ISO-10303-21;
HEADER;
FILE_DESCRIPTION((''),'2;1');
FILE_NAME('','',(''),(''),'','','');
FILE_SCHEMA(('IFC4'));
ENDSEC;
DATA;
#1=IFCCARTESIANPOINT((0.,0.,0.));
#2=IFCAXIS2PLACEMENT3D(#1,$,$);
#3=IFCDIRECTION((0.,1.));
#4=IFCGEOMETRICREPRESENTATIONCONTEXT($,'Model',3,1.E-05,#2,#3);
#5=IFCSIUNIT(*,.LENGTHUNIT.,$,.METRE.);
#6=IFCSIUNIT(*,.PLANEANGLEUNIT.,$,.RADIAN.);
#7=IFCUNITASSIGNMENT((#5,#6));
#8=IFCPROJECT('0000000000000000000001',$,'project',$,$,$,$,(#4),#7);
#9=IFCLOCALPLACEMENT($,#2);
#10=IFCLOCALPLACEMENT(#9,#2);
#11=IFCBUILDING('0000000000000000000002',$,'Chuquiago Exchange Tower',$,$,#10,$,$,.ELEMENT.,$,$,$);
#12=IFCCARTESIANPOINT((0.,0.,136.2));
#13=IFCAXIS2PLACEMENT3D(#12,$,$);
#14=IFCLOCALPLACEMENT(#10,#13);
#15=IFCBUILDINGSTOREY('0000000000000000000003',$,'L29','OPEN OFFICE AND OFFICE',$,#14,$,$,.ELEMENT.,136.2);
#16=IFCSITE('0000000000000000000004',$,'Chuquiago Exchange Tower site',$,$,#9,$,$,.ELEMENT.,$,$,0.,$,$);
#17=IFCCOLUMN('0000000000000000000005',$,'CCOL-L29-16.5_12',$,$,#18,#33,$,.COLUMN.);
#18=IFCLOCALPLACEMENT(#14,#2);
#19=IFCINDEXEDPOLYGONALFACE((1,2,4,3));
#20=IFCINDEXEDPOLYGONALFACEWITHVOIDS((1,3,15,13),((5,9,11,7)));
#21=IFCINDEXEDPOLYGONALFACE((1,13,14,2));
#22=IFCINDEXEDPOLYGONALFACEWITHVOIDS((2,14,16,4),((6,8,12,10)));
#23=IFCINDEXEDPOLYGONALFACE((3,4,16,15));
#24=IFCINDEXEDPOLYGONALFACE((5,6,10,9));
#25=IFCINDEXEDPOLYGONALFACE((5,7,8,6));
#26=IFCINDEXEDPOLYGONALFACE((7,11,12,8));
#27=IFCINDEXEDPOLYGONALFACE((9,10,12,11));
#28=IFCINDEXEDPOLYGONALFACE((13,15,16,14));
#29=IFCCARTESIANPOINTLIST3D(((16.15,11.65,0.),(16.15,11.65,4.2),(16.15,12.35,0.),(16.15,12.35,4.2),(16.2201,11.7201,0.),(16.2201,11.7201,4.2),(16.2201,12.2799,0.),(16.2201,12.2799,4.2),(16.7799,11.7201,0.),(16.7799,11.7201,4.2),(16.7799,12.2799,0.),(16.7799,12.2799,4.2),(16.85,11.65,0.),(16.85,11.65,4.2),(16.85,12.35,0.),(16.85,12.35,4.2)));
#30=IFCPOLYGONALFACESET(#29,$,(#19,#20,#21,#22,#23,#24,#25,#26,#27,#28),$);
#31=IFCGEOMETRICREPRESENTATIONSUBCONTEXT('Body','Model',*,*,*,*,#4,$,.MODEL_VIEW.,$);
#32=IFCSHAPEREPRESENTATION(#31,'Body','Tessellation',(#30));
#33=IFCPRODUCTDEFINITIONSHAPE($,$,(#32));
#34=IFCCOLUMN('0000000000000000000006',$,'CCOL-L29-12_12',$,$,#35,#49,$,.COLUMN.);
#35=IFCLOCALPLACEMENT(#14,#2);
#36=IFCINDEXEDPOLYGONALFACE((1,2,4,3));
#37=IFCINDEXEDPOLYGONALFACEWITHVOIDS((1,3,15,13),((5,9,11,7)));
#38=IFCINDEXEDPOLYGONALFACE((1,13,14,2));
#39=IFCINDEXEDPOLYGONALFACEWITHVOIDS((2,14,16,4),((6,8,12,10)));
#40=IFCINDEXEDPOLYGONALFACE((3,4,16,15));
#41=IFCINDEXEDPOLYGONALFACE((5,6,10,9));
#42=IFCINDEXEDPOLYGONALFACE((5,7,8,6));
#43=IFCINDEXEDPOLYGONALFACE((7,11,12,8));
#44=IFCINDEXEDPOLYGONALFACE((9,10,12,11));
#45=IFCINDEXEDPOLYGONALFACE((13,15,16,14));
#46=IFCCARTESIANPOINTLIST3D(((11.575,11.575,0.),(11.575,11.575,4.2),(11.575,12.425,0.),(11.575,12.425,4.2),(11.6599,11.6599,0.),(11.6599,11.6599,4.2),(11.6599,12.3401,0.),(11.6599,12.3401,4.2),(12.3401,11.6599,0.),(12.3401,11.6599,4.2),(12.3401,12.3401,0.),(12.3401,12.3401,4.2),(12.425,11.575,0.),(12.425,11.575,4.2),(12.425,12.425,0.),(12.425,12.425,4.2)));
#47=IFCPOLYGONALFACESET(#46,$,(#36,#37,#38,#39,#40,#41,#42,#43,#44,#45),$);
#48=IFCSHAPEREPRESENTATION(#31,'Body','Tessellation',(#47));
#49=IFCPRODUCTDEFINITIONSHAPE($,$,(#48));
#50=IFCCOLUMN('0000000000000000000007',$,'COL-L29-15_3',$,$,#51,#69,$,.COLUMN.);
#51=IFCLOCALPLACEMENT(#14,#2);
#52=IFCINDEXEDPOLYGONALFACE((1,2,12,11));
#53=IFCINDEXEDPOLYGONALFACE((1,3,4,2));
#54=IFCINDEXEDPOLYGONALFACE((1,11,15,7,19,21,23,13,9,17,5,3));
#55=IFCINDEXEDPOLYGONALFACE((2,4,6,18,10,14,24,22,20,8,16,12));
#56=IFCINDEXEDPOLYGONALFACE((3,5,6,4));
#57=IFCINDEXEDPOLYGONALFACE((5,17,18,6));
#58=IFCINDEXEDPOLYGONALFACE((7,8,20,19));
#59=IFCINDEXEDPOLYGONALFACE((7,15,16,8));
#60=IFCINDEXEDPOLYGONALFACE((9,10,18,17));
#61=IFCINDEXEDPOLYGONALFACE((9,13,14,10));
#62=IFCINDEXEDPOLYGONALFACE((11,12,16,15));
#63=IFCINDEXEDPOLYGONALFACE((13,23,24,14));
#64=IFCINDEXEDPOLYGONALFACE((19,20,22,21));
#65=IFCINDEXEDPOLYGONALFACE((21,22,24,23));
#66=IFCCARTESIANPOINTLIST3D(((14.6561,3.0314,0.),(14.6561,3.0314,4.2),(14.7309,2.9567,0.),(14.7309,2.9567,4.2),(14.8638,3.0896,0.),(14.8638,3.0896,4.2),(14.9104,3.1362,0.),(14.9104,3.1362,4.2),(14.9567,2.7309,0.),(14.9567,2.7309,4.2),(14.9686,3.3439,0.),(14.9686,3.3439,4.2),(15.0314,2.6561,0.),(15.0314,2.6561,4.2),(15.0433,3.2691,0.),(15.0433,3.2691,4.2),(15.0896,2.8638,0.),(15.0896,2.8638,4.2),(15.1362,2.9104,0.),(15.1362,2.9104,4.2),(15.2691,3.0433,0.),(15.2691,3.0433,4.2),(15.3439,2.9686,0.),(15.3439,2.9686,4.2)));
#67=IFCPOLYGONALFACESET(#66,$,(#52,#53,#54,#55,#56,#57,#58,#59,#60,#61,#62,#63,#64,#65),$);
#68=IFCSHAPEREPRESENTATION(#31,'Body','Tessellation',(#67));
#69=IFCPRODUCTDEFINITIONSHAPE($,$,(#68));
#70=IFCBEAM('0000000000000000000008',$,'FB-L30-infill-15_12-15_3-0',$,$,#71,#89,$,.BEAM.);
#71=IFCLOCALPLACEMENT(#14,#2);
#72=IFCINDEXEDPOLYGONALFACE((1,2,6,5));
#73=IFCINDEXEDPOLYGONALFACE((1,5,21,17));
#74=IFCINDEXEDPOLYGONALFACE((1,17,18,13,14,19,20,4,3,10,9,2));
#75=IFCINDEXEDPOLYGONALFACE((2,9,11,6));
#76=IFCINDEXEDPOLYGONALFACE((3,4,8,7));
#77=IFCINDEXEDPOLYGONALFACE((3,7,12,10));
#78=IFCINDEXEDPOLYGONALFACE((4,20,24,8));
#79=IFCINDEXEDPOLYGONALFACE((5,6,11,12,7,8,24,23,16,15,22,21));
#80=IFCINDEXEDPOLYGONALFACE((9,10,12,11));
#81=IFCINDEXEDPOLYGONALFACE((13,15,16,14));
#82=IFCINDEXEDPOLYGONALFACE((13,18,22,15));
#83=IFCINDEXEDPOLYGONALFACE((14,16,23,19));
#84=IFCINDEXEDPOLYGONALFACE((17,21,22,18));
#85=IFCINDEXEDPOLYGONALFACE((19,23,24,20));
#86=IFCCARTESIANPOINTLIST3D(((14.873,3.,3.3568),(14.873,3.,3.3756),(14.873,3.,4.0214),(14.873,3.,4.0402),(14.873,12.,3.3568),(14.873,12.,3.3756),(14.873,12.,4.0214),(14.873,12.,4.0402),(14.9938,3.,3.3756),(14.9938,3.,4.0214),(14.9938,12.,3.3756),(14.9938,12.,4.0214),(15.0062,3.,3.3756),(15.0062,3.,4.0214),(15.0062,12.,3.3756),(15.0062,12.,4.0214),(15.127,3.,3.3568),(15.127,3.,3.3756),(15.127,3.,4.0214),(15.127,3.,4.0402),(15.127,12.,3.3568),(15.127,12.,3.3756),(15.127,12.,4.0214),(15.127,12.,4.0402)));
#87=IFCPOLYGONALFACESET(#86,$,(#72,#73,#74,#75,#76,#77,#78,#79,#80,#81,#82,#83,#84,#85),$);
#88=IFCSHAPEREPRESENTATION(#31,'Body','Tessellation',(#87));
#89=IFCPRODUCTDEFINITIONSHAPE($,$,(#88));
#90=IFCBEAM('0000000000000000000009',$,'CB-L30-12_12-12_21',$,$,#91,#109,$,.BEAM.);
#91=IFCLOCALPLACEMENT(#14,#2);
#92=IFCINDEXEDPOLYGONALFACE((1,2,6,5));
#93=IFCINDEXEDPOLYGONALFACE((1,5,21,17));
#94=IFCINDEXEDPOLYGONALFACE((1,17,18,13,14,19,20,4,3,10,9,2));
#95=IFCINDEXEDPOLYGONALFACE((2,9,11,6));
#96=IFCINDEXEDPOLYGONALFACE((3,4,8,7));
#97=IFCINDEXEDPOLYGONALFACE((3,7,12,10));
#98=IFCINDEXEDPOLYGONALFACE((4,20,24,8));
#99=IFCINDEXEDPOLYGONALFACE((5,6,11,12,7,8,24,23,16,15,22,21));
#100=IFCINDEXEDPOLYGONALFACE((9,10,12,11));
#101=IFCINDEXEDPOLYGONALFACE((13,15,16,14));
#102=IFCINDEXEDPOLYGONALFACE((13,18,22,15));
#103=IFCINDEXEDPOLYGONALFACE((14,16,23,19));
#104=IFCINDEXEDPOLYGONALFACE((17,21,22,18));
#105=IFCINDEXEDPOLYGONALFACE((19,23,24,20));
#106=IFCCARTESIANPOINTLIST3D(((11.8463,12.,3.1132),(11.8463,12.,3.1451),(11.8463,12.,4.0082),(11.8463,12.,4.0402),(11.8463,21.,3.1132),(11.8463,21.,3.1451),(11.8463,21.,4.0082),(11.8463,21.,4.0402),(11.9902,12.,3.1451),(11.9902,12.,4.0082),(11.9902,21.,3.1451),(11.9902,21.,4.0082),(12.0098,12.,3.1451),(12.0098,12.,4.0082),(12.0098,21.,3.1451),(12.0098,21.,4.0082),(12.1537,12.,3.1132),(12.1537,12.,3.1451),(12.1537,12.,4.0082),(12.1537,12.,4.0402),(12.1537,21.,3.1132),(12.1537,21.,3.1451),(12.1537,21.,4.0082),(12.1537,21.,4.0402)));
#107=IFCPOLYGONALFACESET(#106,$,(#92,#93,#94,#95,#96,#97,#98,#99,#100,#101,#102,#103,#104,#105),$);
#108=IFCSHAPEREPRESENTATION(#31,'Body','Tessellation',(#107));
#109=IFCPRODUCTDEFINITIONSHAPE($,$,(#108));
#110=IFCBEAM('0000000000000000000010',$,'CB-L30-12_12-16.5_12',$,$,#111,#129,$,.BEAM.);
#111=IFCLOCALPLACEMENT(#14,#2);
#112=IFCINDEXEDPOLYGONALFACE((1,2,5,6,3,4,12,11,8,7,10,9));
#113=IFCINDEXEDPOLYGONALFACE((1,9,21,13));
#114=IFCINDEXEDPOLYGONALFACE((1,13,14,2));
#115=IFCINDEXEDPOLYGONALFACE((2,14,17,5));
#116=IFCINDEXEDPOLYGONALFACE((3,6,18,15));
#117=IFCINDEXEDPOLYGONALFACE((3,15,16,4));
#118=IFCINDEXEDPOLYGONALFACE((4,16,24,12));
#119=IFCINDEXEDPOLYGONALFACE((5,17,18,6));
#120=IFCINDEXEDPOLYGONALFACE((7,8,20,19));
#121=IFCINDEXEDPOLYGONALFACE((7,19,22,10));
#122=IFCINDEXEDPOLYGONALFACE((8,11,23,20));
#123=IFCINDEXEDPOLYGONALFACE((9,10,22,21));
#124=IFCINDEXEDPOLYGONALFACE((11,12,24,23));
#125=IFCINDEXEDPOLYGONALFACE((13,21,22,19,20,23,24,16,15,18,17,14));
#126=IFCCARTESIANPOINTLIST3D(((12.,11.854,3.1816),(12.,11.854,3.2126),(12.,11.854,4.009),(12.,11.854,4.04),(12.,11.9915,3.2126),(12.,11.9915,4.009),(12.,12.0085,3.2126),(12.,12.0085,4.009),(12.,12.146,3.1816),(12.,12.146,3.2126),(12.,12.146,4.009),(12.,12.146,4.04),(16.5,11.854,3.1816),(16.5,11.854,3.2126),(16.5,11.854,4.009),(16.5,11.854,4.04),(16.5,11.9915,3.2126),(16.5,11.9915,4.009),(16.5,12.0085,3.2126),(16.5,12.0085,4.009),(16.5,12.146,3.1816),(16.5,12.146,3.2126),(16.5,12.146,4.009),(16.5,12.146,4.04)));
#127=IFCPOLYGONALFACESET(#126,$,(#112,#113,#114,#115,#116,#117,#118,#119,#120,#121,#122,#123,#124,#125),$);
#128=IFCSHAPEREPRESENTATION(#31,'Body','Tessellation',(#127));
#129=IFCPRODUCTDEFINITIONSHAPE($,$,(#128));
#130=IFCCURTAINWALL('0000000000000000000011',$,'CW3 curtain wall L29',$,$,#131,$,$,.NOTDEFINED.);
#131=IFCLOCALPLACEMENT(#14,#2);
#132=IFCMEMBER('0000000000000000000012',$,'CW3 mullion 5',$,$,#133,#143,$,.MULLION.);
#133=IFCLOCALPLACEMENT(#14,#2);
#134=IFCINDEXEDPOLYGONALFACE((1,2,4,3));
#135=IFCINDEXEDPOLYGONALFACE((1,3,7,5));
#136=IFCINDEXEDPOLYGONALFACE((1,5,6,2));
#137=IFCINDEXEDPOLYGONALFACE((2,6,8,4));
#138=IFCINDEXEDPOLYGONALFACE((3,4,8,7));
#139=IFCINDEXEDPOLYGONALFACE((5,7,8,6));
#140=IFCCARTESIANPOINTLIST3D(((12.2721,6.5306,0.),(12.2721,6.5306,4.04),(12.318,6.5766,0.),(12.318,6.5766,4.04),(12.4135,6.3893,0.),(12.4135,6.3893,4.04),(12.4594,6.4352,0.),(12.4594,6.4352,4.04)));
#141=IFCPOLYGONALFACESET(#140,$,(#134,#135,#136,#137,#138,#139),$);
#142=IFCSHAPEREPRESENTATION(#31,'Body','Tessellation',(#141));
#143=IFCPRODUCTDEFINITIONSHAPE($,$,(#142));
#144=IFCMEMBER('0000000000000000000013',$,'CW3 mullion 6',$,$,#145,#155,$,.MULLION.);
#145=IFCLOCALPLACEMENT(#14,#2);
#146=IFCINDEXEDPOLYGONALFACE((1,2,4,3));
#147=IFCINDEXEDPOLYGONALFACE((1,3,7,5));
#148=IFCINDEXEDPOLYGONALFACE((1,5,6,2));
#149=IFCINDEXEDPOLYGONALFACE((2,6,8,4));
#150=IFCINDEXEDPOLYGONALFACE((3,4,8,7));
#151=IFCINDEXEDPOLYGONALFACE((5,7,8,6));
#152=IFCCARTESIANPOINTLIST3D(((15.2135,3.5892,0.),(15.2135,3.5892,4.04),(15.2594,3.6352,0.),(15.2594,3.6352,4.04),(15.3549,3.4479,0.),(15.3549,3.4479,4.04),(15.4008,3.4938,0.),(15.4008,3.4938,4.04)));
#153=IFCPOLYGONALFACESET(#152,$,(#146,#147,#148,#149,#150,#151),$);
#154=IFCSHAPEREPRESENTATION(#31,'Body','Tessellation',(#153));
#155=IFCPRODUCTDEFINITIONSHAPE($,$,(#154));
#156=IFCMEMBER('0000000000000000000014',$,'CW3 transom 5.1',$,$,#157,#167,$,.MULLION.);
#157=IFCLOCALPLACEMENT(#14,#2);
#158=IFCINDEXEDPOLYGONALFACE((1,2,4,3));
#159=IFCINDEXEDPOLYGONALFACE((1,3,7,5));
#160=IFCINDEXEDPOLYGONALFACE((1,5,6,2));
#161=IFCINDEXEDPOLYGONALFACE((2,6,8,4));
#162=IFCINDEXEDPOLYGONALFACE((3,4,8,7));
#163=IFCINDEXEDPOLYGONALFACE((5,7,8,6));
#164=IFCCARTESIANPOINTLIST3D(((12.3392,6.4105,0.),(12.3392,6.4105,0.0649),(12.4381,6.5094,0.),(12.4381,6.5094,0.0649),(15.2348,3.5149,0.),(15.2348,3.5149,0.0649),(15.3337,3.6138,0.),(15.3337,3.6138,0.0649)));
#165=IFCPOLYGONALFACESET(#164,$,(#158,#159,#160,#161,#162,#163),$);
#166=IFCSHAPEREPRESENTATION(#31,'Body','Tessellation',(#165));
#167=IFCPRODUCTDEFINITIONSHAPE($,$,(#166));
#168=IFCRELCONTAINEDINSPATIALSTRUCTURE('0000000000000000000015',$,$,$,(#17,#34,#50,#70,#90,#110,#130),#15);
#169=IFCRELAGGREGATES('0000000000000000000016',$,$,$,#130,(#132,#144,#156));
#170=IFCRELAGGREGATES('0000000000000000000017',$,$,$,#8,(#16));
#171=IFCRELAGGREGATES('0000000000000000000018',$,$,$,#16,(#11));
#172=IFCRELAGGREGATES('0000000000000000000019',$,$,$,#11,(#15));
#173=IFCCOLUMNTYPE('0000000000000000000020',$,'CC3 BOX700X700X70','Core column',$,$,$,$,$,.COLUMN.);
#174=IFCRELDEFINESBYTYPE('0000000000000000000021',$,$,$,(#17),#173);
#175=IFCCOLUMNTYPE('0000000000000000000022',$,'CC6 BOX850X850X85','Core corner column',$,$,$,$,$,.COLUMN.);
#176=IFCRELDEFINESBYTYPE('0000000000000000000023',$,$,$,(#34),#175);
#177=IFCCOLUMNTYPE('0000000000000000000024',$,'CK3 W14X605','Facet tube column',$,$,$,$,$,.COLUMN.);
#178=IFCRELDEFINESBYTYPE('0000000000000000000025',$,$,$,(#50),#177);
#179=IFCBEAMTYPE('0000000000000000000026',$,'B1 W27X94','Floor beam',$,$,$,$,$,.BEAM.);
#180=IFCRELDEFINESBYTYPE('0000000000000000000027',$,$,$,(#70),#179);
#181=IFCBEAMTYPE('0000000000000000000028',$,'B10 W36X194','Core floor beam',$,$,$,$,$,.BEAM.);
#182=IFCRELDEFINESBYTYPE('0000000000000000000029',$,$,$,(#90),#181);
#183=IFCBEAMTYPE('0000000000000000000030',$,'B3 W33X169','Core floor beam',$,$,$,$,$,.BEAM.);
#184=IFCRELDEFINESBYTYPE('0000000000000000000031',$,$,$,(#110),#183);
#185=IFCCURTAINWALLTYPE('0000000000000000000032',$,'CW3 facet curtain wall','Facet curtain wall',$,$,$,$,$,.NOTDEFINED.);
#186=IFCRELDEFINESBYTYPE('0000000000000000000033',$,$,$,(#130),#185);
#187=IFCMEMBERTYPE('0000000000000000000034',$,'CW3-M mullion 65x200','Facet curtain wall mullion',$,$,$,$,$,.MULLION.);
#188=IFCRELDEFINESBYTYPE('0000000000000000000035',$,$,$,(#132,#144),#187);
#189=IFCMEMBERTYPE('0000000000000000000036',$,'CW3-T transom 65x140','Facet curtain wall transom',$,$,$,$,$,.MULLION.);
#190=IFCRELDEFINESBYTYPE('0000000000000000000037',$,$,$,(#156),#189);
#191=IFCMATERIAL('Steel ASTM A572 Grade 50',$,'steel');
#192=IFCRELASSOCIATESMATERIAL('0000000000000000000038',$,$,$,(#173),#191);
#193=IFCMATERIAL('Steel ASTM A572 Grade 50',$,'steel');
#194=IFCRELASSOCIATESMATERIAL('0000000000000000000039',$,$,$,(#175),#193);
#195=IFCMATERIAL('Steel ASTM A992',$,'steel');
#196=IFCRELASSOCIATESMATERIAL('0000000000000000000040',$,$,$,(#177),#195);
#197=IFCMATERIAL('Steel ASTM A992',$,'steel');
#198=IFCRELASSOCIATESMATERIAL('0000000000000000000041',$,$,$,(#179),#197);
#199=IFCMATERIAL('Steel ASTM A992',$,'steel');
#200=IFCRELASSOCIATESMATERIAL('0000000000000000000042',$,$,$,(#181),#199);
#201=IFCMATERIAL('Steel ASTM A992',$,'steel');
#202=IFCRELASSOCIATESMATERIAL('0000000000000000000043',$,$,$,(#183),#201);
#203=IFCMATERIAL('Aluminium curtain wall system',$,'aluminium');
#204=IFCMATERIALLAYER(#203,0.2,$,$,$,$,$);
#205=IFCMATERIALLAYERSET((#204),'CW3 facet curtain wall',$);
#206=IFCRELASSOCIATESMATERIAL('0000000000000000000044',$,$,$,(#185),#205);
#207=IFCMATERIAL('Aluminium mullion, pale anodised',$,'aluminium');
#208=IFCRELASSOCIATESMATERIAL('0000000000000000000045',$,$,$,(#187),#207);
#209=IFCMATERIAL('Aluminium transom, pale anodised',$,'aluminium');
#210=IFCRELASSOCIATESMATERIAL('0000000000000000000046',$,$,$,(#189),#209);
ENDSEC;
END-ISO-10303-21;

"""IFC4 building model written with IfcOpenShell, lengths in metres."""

from ifc_helpers import new_model, si_unit, direction, frame, origin, origin_2d, place, context, subcontext, project, spatial, rectangle, hollow_rectangle, i_section, extrude, material, layer, layer_set, material_profile, profile_set, type_object, element, aggregate, save


model = new_model("IFC4")

# Units and contexts
model_context = context("Model", 3, precision=1e-05, world=origin(), true_north=direction((0.0, 1.0)))
body_context = subcontext(model_context, "Body", "Model", "MODEL_VIEW")
ifc_project = project(units=[si_unit("LENGTHUNIT", "METRE"), si_unit("PLANEANGLEUNIT", "RADIAN")], contexts=[model_context])

# Site, building, storey
site_placement = place(None, origin())
site = spatial("IfcSite", under=ifc_project, at=site_placement, Name="Chuquiago Exchange Tower site", CompositionType="ELEMENT", RefElevation=0.0)
building_placement = place(site_placement, origin())
building = spatial("IfcBuilding", under=site, at=building_placement, Name="Chuquiago Exchange Tower", CompositionType="ELEMENT")
storey_placement = place(building_placement, frame((0.0, 0.0, 136.2)))
storey = spatial("IfcBuildingStorey", under=building, at=storey_placement, Name="L29", Description="OPEN OFFICE AND OFFICE", CompositionType="ELEMENT", Elevation=136.2)

# Columns
ifc_material_1 = material(Name="Steel ASTM A572 Grade 50", Category="steel")
ifc_material_profile_1 = material_profile(ifc_material_1, hollow_rectangle(XDim=0.7, YDim=0.7, WallThickness=0.0701, at=origin_2d()), Name="BOX700X700X70")
ifc_profile_set_1 = profile_set([ifc_material_profile_1], Name="Steel ASTM A572 Grade 50")
column_type_1 = type_object("IfcColumnType", Name="CC3 BOX700X700X70", Description="Core column", PredefinedType="COLUMN", material=ifc_profile_set_1)
column_1_placement = place(storey_placement, frame((16.5, 12.0, 0.0), z_axis=(0.0, 0.0, 1.0), x_axis=(1.0, 0.0, 0.0)))
element("IfcColumn", 1, at=column_1_placement, inside=storey, type_object=column_type_1, Name="CCOL-L29-16.5_12", PredefinedType="COLUMN", context=body_context, shape_type="SweptSolid", body=[
    extrude(hollow_rectangle(XDim=0.7, YDim=0.7, WallThickness=0.0701, at=origin_2d()), origin(), (0.0, 0.0, 1.0), 4.2),
])
ifc_material_2 = material(Name="Steel ASTM A572 Grade 50", Category="steel")
ifc_material_profile_2 = material_profile(ifc_material_2, hollow_rectangle(XDim=0.8501, YDim=0.8501, WallThickness=0.085, at=origin_2d()), Name="BOX850X850X85")
ifc_profile_set_2 = profile_set([ifc_material_profile_2], Name="Steel ASTM A572 Grade 50")
column_type_2 = type_object("IfcColumnType", Name="CC6 BOX850X850X85", Description="Core corner column", PredefinedType="COLUMN", material=ifc_profile_set_2)
column_2_placement = place(storey_placement, frame((12.0, 12.0, 0.0), z_axis=(0.0, 0.0, 1.0), x_axis=(1.0, 0.0, 0.0)))
element("IfcColumn", 2, at=column_2_placement, inside=storey, type_object=column_type_2, Name="CCOL-L29-12_12", PredefinedType="COLUMN", context=body_context, shape_type="SweptSolid", body=[
    extrude(hollow_rectangle(XDim=0.8501, YDim=0.8501, WallThickness=0.085, at=origin_2d()), origin(), (0.0, 0.0, 1.0), 4.2),
])
ifc_material_3 = material(Name="Steel ASTM A992", Category="steel")
ifc_material_profile_3 = material_profile(ifc_material_3, i_section(OverallWidth=0.4419, OverallDepth=0.5308, WebThickness=0.0659, FlangeThickness=0.1057, at=origin_2d()), Name="W14X605")
ifc_profile_set_3 = profile_set([ifc_material_profile_3], Name="Steel ASTM A992")
column_type_3 = type_object("IfcColumnType", Name="CK3 W14X605", Description="Facet tube column", PredefinedType="COLUMN", material=ifc_profile_set_3)
column_3_placement = place(storey_placement, frame((15.0, 3.0, 0.0), z_axis=(0.0, 0.0, 1.0), x_axis=(-0.707107, -0.707107, 0.0)))
element("IfcColumn", 3, at=column_3_placement, inside=storey, type_object=column_type_3, Name="COL-L29-15_3", PredefinedType="COLUMN", context=body_context, shape_type="SweptSolid", body=[
    extrude(i_section(OverallWidth=0.4419, OverallDepth=0.5308, WebThickness=0.0659, FlangeThickness=0.1057, at=origin_2d()), origin(), (0.0, 0.0, 1.0), 4.2),
])

# Beams
ifc_material_4 = material(Name="Steel ASTM A992", Category="steel")
ifc_material_profile_4 = material_profile(ifc_material_4, i_section(OverallWidth=0.2539, OverallDepth=0.6833, WebThickness=0.0125, FlangeThickness=0.0188, at=origin_2d()), Name="W27X94")
ifc_profile_set_4 = profile_set([ifc_material_profile_4], Name="Steel ASTM A992")
beam_type_1 = type_object("IfcBeamType", Name="B1 W27X94", Description="Floor beam", PredefinedType="BEAM", material=ifc_profile_set_4)
beam_1_placement = place(storey_placement, frame((15.0, 12.0, 3.6985), z_axis=(0.0, -1.0, 0.0), x_axis=(1.0, 0.0, 0.0)))
element("IfcBeam", 4, at=beam_1_placement, inside=storey, type_object=beam_type_1, Name="FB-L30-infill-15_12-15_3-0", PredefinedType="BEAM", context=body_context, shape_type="SweptSolid", body=[
    extrude(i_section(OverallWidth=0.2539, OverallDepth=0.6833, WebThickness=0.0125, FlangeThickness=0.0188, at=origin_2d()), origin(), (0.0, 0.0, 1.0), 9.0),
])
ifc_material_5 = material(Name="Steel ASTM A992", Category="steel")
ifc_material_profile_5 = material_profile(ifc_material_5, i_section(OverallWidth=0.3074, OverallDepth=0.927, WebThickness=0.0195, FlangeThickness=0.032, at=origin_2d()), Name="W36X194")
ifc_profile_set_5 = profile_set([ifc_material_profile_5], Name="Steel ASTM A992")
beam_type_2 = type_object("IfcBeamType", Name="B10 W36X194", Description="Core floor beam", PredefinedType="BEAM", material=ifc_profile_set_5)
beam_2_placement = place(storey_placement, frame((12.0, 12.0, 3.5767), z_axis=(0.0, 1.0, 0.0), x_axis=(-1.0, 0.0, 0.0)))
element("IfcBeam", 5, at=beam_2_placement, inside=storey, type_object=beam_type_2, Name="CB-L30-12_12-12_21", PredefinedType="BEAM", context=body_context, shape_type="SweptSolid", body=[
    extrude(i_section(OverallWidth=0.3074, OverallDepth=0.927, WebThickness=0.0195, FlangeThickness=0.032, at=origin_2d()), origin(), (0.0, 0.0, 1.0), 9.0),
])
ifc_material_6 = material(Name="Steel ASTM A992", Category="steel")
ifc_material_profile_6 = material_profile(ifc_material_6, i_section(OverallWidth=0.292, OverallDepth=0.8584, WebThickness=0.0171, FlangeThickness=0.031, at=origin_2d()), Name="W33X169")
ifc_profile_set_6 = profile_set([ifc_material_profile_6], Name="Steel ASTM A992")
beam_type_3 = type_object("IfcBeamType", Name="B3 W33X169", Description="Core floor beam", PredefinedType="BEAM", material=ifc_profile_set_6)
beam_3_placement = place(storey_placement, frame((12.0, 12.0, 3.6108), z_axis=(1.0, 0.0, 0.0), x_axis=(0.0, 1.0, 0.0)))
element("IfcBeam", 6, at=beam_3_placement, inside=storey, type_object=beam_type_3, Name="CB-L30-12_12-16.5_12", PredefinedType="BEAM", context=body_context, shape_type="SweptSolid", body=[
    extrude(i_section(OverallWidth=0.292, OverallDepth=0.8584, WebThickness=0.0171, FlangeThickness=0.031, at=origin_2d()), origin(), (0.0, 0.0, 1.0), 4.5),
])

# Curtain wall, members
ifc_material_7 = material(Name="Aluminium curtain wall system", Category="aluminium")
ifc_layer_1 = layer(ifc_material_7, 0.2)
ifc_layer_set_1 = layer_set([ifc_layer_1], Name="CW3 facet curtain wall")
curtain_wall_type = type_object("IfcCurtainWallType", Name="CW3 facet curtain wall", Description="Facet curtain wall", PredefinedType="NOTDEFINED", material=ifc_layer_set_1)
curtain_wall_placement = place(storey_placement, origin())
curtain_wall = element("IfcCurtainWall", 7, at=curtain_wall_placement, inside=storey, type_object=curtain_wall_type, Name="CW3 curtain wall L29", PredefinedType="NOTDEFINED")
ifc_material_8 = material(Name="Aluminium mullion, pale anodised", Category="aluminium")
ifc_material_profile_7 = material_profile(ifc_material_8, rectangle(XDim=0.0649, YDim=0.2, at=origin_2d()), Name="AL 65x200")
ifc_profile_set_7 = profile_set([ifc_material_profile_7], Name="Aluminium mullion, pale anodised")
member_type_1 = type_object("IfcMemberType", Name="CW3-M mullion 65x200", Description="Facet curtain wall mullion", PredefinedType="MULLION", material=ifc_profile_set_7)
member_1_placement = place(storey_placement, frame((12.3657, 6.4829, 0.0), z_axis=(0.0, 0.0, 1.0), x_axis=(0.707107, 0.707107, 0.0)))
member_1 = element("IfcMember", 8, at=member_1_placement, type_object=member_type_1, Name="CW3 mullion 5", PredefinedType="MULLION", context=body_context, shape_type="SweptSolid", body=[
    extrude(rectangle(XDim=0.0649, YDim=0.2, at=origin_2d()), origin(), (0.0, 0.0, 1.0), 4.04),
])
member_2_placement = place(storey_placement, frame((15.3071, 3.5415, 0.0), z_axis=(0.0, 0.0, 1.0), x_axis=(0.707107, 0.707107, 0.0)))
member_2 = element("IfcMember", 9, at=member_2_placement, type_object=member_type_1, Name="CW3 mullion 6", PredefinedType="MULLION", context=body_context, shape_type="SweptSolid", body=[
    extrude(rectangle(XDim=0.0649, YDim=0.2, at=origin_2d()), origin(), (0.0, 0.0, 1.0), 4.04),
])
ifc_material_9 = material(Name="Aluminium transom, pale anodised", Category="aluminium")
ifc_material_profile_8 = material_profile(ifc_material_9, rectangle(XDim=0.1399, YDim=0.0649, at=origin_2d()), Name="AL 140x65")
ifc_profile_set_8 = profile_set([ifc_material_profile_8], Name="Aluminium transom, pale anodised")
member_type_2 = type_object("IfcMemberType", Name="CW3-T transom 65x140", Description="Facet curtain wall transom", PredefinedType="MULLION", material=ifc_profile_set_8)
member_3_placement = place(storey_placement, frame((12.3887, 6.46, 0.0325), z_axis=(0.707107, -0.707107, 0.0), x_axis=(0.707107, 0.707107, 0.0)))
member_3 = element("IfcMember", 10, at=member_3_placement, type_object=member_type_2, Name="CW3 transom 5.1", PredefinedType="MULLION", context=body_context, shape_type="SweptSolid", body=[
    extrude(rectangle(XDim=0.1399, YDim=0.0649, at=origin_2d()), origin(), (0.0, 0.0, 1.0), 4.095),
])

aggregate(curtain_wall, [member_1, member_2, member_3])

save(model, "model.ifc")
